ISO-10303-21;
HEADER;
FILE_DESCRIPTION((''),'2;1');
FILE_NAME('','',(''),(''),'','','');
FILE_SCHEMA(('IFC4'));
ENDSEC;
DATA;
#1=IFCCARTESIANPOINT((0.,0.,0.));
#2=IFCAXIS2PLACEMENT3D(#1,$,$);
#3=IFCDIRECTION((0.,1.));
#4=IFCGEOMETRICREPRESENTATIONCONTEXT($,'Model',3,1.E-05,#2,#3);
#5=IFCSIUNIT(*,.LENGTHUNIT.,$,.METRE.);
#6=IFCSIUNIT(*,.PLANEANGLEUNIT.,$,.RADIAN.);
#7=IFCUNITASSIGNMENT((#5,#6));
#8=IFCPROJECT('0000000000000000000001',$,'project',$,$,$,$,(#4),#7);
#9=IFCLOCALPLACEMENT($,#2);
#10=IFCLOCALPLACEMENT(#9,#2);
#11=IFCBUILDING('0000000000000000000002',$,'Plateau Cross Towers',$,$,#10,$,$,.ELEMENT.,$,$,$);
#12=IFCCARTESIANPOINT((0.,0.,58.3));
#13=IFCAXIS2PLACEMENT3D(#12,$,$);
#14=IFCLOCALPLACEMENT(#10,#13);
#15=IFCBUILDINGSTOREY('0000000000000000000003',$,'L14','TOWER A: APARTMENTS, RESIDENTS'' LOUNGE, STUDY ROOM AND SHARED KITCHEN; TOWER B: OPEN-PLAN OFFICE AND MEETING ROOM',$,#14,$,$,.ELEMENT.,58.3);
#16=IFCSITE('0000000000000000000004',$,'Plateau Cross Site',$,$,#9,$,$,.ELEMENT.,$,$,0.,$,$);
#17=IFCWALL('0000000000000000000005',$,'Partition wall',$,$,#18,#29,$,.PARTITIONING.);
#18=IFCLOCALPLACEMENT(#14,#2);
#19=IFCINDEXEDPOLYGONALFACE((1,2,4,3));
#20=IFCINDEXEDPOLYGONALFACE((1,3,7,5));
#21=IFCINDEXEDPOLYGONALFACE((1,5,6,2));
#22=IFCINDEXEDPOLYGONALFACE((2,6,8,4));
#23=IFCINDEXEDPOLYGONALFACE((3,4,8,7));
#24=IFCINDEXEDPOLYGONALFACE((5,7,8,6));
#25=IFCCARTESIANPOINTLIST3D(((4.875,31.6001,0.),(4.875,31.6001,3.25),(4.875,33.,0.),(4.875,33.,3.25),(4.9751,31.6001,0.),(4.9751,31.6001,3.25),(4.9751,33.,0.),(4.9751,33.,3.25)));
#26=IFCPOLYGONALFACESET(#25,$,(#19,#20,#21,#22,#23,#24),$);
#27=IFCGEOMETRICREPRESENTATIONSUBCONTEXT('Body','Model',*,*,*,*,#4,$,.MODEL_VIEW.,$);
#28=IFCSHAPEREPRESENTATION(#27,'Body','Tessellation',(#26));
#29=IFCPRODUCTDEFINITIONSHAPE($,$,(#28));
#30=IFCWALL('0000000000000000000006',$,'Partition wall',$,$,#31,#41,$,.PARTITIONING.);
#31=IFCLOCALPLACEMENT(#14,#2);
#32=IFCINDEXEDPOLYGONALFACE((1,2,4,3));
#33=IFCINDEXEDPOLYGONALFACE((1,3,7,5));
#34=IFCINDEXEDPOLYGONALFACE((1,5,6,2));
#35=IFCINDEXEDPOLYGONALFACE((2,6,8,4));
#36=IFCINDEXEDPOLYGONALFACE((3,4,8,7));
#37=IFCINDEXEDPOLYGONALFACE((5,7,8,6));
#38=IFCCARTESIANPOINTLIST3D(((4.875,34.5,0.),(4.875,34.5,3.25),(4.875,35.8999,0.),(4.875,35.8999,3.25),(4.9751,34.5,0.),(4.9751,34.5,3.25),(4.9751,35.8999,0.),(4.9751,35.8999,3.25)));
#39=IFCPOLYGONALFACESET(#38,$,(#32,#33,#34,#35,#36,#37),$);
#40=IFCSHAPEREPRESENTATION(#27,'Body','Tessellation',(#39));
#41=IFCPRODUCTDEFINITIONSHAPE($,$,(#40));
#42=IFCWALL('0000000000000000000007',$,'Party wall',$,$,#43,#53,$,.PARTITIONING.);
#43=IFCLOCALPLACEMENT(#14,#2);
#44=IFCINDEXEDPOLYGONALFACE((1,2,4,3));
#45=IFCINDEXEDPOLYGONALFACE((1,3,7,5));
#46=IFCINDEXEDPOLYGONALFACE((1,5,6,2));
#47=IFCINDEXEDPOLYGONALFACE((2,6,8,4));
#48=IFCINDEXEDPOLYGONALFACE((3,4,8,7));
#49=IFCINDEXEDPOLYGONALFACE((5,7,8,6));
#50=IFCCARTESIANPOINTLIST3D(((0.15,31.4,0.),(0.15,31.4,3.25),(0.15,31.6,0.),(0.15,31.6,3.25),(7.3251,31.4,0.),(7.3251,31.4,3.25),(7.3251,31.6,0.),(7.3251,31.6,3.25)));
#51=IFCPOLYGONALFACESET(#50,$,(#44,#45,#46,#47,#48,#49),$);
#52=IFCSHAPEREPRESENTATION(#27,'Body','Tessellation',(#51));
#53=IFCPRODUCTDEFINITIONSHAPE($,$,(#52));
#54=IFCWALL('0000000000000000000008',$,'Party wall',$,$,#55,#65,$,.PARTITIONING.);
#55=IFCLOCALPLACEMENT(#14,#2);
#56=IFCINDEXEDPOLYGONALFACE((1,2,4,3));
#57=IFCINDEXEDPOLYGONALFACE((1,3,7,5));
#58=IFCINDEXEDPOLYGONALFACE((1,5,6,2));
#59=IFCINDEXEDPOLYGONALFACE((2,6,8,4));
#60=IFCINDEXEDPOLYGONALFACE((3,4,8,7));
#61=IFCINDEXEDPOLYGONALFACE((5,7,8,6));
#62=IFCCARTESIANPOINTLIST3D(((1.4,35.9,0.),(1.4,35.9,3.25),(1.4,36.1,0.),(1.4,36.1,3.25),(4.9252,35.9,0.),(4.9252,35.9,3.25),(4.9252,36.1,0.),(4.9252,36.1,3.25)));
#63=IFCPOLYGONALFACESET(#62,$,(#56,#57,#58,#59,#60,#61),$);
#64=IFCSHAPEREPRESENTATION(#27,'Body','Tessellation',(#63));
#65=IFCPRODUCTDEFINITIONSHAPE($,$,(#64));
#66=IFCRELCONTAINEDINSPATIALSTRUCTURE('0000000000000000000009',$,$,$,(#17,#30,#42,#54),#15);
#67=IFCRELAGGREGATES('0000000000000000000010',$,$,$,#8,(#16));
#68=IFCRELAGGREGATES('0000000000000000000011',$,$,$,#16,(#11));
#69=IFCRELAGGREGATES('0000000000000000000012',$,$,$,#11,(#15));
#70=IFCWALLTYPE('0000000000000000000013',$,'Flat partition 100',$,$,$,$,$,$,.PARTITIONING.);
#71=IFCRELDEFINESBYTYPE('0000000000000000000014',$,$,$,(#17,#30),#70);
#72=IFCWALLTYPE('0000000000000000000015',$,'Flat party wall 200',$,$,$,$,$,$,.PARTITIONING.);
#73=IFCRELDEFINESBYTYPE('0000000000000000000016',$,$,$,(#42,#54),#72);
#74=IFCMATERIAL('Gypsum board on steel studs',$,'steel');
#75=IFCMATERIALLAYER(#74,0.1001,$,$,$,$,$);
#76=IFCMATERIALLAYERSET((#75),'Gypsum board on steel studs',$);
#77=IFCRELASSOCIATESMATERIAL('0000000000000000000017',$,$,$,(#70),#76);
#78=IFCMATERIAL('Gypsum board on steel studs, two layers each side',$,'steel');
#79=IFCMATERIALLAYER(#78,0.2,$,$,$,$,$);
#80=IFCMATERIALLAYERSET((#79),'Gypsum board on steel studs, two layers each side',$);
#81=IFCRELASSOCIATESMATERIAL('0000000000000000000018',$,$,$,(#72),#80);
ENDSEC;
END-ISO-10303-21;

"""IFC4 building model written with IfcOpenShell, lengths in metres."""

from ifc_helpers import new_model, si_unit, direction, frame, frame_2d, origin, place, context, subcontext, project, spatial, rectangle, extrude, material, layer, layer_set, type_object, element, save


model = new_model("IFC4")

# Units and contexts
model_context = context("Model", 3, precision=1e-05, world=origin(), true_north=direction((0.0, 1.0)))
body_context = subcontext(model_context, "Body", "Model", "MODEL_VIEW")
ifc_project = project(units=[si_unit("LENGTHUNIT", "METRE"), si_unit("PLANEANGLEUNIT", "RADIAN")], contexts=[model_context])

# Site, building, storey
site_placement = place(None, origin())
site = spatial("IfcSite", under=ifc_project, at=site_placement, Name="Plateau Cross Site", CompositionType="ELEMENT", RefElevation=0.0)
building_placement = place(site_placement, origin())
building = spatial("IfcBuilding", under=site, at=building_placement, Name="Plateau Cross Towers", CompositionType="ELEMENT")
storey_placement = place(building_placement, frame((0.0, 0.0, 58.3)))
storey = spatial("IfcBuildingStorey", under=building, at=storey_placement, Name="L14", Description="TOWER A: APARTMENTS, RESIDENTS' LOUNGE, STUDY ROOM AND SHARED KITCHEN; TOWER B: OPEN-PLAN OFFICE AND MEETING ROOM", CompositionType="ELEMENT", Elevation=58.3)

# Shared definitions
ifc_material_1 = material(Name="Gypsum board on steel studs", Category="steel")
ifc_layer_1 = layer(ifc_material_1, 0.1001)
ifc_layer_set_1 = layer_set([ifc_layer_1], Name="Gypsum board on steel studs")
wall_type_1 = type_object("IfcWallType", Name="Flat partition 100", PredefinedType="PARTITIONING", material=ifc_layer_set_1)

# Walls
for number, where, z_axis, x_axis, name in (
    (1, (4.925, 33.0, 0.0), (0.0, 0.0, 1.0), (0.0, -1.0, 0.0), "Partition wall"),
    (2, (4.925, 35.8999, 0.0), (0.0, 0.0, 1.0), (0.0, -1.0, 0.0), "Partition wall"),
):
    element("IfcWall", number, at=place(storey_placement, frame(where, z_axis=z_axis, x_axis=x_axis)), inside=storey, type_object=wall_type_1, Name=name, PredefinedType="PARTITIONING", context=body_context, shape_type="SweptSolid", body=[
        extrude(rectangle(XDim=1.3999, YDim=0.1001, at=frame_2d((0.7, 0.0))), origin(), (0.0, 0.0, 1.0), 3.25),
    ])
ifc_material_2 = material(Name="Gypsum board on steel studs, two layers each side", Category="steel")
ifc_layer_2 = layer(ifc_material_2, 0.2)
ifc_layer_set_2 = layer_set([ifc_layer_2], Name="Gypsum board on steel studs, two layers each side")
wall_type_2 = type_object("IfcWallType", Name="Flat party wall 200", PredefinedType="PARTITIONING", material=ifc_layer_set_2)
wall_1_placement = place(storey_placement, frame((7.325, 31.5, 0.0), z_axis=(0.0, 0.0, 1.0), x_axis=(-1.0, 0.0, 0.0)))
element("IfcWall", 3, at=wall_1_placement, inside=storey, type_object=wall_type_2, Name="Party wall", PredefinedType="PARTITIONING", context=body_context, shape_type="SweptSolid", body=[
    extrude(rectangle(XDim=7.175, YDim=0.2, at=frame_2d((3.5874, 0.0))), origin(), (0.0, 0.0, 1.0), 3.25),
])
wall_2_placement = place(storey_placement, frame((1.3999, 36.0, 0.0), z_axis=(0.0, 0.0, 1.0), x_axis=(1.0, 0.0, 0.0)))
element("IfcWall", 4, at=wall_2_placement, inside=storey, type_object=wall_type_2, Name="Party wall", PredefinedType="PARTITIONING", context=body_context, shape_type="SweptSolid", body=[
    extrude(rectangle(XDim=3.5251, YDim=0.2, at=frame_2d((1.7627, 0.0))), origin(), (0.0, 0.0, 1.0), 3.25),
])

save(model, "model.ifc")
